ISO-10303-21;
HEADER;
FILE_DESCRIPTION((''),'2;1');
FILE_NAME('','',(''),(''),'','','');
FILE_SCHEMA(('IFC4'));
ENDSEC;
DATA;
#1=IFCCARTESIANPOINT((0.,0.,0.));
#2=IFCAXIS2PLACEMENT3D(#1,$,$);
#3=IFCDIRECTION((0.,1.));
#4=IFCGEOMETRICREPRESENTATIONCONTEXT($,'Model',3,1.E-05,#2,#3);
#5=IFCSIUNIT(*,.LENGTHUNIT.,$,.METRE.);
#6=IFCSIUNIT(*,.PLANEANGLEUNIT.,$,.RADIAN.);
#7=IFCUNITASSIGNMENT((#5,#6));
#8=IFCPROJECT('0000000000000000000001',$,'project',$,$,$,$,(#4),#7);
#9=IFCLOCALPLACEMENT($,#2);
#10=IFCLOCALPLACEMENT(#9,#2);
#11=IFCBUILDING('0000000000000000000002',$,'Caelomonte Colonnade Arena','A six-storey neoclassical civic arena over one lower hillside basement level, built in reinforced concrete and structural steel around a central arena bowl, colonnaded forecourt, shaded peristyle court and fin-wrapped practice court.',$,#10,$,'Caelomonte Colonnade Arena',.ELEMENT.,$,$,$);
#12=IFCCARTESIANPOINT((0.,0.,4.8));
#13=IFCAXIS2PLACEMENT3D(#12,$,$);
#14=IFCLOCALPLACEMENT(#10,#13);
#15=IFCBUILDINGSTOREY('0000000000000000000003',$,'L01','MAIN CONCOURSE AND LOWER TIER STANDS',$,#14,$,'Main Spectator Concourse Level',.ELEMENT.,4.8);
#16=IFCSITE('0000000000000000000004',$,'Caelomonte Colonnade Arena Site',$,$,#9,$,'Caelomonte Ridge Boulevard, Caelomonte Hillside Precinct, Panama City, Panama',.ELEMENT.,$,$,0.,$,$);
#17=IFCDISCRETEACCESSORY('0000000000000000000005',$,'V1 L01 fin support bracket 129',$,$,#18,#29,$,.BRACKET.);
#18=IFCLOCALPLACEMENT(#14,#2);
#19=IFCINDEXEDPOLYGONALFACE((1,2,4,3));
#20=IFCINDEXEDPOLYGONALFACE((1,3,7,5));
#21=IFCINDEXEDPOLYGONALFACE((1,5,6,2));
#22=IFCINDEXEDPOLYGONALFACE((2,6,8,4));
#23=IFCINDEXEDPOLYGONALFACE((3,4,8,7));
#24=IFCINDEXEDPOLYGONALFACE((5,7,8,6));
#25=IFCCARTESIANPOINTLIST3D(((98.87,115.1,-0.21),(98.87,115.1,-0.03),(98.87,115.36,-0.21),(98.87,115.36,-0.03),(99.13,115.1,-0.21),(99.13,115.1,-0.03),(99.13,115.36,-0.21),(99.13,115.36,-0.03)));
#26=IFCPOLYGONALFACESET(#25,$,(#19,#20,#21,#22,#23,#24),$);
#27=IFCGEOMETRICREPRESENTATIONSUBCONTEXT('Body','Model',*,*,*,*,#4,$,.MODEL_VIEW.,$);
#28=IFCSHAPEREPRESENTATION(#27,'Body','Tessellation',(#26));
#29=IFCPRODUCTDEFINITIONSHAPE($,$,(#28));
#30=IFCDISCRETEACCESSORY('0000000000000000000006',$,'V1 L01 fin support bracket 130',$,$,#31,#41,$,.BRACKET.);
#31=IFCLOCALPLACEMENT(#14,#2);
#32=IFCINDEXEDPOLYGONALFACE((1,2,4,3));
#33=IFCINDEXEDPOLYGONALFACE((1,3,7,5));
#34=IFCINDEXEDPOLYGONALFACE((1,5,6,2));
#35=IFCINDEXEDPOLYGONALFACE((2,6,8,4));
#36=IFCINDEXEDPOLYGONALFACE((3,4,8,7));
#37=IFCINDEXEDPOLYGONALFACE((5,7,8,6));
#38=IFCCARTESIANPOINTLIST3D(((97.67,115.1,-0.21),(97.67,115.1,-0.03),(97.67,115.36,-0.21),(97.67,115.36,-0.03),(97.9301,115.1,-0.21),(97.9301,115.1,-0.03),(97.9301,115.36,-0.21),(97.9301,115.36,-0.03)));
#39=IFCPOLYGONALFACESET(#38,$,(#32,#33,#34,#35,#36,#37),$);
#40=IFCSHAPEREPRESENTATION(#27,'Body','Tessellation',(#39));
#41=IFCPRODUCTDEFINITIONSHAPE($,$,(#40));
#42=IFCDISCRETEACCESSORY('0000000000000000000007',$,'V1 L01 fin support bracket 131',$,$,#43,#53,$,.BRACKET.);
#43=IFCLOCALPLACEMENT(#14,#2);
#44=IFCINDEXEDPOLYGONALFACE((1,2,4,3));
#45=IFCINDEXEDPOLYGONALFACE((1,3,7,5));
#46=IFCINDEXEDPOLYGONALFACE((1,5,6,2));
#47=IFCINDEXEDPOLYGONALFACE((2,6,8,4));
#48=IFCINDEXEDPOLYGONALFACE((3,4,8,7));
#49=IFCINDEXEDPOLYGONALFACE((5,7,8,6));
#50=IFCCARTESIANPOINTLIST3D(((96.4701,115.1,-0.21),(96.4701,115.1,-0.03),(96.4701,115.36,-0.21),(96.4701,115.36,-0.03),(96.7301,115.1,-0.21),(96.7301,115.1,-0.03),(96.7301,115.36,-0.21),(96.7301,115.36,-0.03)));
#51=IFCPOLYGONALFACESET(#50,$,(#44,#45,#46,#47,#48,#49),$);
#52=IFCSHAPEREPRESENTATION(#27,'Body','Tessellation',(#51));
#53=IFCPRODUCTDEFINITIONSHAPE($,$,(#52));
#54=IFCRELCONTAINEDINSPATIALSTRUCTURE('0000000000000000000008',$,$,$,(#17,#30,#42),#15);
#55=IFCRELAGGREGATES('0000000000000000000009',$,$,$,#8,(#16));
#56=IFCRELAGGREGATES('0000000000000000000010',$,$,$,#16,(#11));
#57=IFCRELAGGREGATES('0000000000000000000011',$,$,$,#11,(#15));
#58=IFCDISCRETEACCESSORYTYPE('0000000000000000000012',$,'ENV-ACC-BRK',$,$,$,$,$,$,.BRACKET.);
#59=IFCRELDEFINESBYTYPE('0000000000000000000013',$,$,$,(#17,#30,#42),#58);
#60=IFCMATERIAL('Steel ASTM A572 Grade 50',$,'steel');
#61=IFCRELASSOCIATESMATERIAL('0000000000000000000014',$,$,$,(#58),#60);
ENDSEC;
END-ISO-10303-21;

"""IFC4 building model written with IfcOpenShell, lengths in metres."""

from ifc_helpers import new_model, si_unit, direction, frame, origin, origin_2d, place, context, subcontext, project, spatial, rectangle, extrude, material, type_object, element, save


model = new_model("IFC4")

# Units and contexts
model_context = context("Model", 3, precision=1e-05, world=origin(), true_north=direction((0.0, 1.0)))
body_context = subcontext(model_context, "Body", "Model", "MODEL_VIEW")
ifc_project = project(units=[si_unit("LENGTHUNIT", "METRE"), si_unit("PLANEANGLEUNIT", "RADIAN")], contexts=[model_context])

# Site, building, storey
site_placement = place(None, origin())
site = spatial("IfcSite", under=ifc_project, at=site_placement, Name="Caelomonte Colonnade Arena Site", LongName="Caelomonte Ridge Boulevard, Caelomonte Hillside Precinct, Panama City, Panama", CompositionType="ELEMENT", RefElevation=0.0)
building_placement = place(site_placement, origin())
building = spatial("IfcBuilding", under=site, at=building_placement, Name="Caelomonte Colonnade Arena", Description="A six-storey neoclassical civic arena over one lower hillside basement level, built in reinforced concrete and structural steel around a central arena bowl, colonnaded forecourt, shaded peristyle court and fin-wrapped practice court.", LongName="Caelomonte Colonnade Arena", CompositionType="ELEMENT")
storey_placement = place(building_placement, frame((0.0, 0.0, 4.8)))
storey = spatial("IfcBuildingStorey", under=building, at=storey_placement, Name="L01", Description="MAIN CONCOURSE AND LOWER TIER STANDS", LongName="Main Spectator Concourse Level", CompositionType="ELEMENT", Elevation=4.8)

# Discrete accessories
ifc_material_1 = material(Name="Steel ASTM A572 Grade 50", Category="steel")
discrete_accessory_type = type_object("IfcDiscreteAccessoryType", Name="ENV-ACC-BRK", PredefinedType="BRACKET", material=ifc_material_1)
for number, where, z_axis, x_axis, name in (
    (1, (99.0, 115.23, -0.21), (0.0, 0.0, 1.0), (-1.0, 0.0, 0.0), "V1 L01 fin support bracket 129"),
    (2, (97.8, 115.23, -0.21), (0.0, 0.0, 1.0), (-1.0, 0.0, 0.0), "V1 L01 fin support bracket 130"),
    (3, (96.6001, 115.23, -0.21), (0.0, 0.0, 1.0), (-1.0, 0.0, 0.0), "V1 L01 fin support bracket 131"),
):
    element("IfcDiscreteAccessory", number, at=place(storey_placement, frame(where, z_axis=z_axis, x_axis=x_axis)), inside=storey, type_object=discrete_accessory_type, Name=name, PredefinedType="BRACKET", context=body_context, shape_type="SweptSolid", body=[
        extrude(rectangle(XDim=0.26, YDim=0.26, at=origin_2d()), origin(), (0.0, 0.0, 1.0), 0.1799),
    ])

save(model, "model.ifc")
